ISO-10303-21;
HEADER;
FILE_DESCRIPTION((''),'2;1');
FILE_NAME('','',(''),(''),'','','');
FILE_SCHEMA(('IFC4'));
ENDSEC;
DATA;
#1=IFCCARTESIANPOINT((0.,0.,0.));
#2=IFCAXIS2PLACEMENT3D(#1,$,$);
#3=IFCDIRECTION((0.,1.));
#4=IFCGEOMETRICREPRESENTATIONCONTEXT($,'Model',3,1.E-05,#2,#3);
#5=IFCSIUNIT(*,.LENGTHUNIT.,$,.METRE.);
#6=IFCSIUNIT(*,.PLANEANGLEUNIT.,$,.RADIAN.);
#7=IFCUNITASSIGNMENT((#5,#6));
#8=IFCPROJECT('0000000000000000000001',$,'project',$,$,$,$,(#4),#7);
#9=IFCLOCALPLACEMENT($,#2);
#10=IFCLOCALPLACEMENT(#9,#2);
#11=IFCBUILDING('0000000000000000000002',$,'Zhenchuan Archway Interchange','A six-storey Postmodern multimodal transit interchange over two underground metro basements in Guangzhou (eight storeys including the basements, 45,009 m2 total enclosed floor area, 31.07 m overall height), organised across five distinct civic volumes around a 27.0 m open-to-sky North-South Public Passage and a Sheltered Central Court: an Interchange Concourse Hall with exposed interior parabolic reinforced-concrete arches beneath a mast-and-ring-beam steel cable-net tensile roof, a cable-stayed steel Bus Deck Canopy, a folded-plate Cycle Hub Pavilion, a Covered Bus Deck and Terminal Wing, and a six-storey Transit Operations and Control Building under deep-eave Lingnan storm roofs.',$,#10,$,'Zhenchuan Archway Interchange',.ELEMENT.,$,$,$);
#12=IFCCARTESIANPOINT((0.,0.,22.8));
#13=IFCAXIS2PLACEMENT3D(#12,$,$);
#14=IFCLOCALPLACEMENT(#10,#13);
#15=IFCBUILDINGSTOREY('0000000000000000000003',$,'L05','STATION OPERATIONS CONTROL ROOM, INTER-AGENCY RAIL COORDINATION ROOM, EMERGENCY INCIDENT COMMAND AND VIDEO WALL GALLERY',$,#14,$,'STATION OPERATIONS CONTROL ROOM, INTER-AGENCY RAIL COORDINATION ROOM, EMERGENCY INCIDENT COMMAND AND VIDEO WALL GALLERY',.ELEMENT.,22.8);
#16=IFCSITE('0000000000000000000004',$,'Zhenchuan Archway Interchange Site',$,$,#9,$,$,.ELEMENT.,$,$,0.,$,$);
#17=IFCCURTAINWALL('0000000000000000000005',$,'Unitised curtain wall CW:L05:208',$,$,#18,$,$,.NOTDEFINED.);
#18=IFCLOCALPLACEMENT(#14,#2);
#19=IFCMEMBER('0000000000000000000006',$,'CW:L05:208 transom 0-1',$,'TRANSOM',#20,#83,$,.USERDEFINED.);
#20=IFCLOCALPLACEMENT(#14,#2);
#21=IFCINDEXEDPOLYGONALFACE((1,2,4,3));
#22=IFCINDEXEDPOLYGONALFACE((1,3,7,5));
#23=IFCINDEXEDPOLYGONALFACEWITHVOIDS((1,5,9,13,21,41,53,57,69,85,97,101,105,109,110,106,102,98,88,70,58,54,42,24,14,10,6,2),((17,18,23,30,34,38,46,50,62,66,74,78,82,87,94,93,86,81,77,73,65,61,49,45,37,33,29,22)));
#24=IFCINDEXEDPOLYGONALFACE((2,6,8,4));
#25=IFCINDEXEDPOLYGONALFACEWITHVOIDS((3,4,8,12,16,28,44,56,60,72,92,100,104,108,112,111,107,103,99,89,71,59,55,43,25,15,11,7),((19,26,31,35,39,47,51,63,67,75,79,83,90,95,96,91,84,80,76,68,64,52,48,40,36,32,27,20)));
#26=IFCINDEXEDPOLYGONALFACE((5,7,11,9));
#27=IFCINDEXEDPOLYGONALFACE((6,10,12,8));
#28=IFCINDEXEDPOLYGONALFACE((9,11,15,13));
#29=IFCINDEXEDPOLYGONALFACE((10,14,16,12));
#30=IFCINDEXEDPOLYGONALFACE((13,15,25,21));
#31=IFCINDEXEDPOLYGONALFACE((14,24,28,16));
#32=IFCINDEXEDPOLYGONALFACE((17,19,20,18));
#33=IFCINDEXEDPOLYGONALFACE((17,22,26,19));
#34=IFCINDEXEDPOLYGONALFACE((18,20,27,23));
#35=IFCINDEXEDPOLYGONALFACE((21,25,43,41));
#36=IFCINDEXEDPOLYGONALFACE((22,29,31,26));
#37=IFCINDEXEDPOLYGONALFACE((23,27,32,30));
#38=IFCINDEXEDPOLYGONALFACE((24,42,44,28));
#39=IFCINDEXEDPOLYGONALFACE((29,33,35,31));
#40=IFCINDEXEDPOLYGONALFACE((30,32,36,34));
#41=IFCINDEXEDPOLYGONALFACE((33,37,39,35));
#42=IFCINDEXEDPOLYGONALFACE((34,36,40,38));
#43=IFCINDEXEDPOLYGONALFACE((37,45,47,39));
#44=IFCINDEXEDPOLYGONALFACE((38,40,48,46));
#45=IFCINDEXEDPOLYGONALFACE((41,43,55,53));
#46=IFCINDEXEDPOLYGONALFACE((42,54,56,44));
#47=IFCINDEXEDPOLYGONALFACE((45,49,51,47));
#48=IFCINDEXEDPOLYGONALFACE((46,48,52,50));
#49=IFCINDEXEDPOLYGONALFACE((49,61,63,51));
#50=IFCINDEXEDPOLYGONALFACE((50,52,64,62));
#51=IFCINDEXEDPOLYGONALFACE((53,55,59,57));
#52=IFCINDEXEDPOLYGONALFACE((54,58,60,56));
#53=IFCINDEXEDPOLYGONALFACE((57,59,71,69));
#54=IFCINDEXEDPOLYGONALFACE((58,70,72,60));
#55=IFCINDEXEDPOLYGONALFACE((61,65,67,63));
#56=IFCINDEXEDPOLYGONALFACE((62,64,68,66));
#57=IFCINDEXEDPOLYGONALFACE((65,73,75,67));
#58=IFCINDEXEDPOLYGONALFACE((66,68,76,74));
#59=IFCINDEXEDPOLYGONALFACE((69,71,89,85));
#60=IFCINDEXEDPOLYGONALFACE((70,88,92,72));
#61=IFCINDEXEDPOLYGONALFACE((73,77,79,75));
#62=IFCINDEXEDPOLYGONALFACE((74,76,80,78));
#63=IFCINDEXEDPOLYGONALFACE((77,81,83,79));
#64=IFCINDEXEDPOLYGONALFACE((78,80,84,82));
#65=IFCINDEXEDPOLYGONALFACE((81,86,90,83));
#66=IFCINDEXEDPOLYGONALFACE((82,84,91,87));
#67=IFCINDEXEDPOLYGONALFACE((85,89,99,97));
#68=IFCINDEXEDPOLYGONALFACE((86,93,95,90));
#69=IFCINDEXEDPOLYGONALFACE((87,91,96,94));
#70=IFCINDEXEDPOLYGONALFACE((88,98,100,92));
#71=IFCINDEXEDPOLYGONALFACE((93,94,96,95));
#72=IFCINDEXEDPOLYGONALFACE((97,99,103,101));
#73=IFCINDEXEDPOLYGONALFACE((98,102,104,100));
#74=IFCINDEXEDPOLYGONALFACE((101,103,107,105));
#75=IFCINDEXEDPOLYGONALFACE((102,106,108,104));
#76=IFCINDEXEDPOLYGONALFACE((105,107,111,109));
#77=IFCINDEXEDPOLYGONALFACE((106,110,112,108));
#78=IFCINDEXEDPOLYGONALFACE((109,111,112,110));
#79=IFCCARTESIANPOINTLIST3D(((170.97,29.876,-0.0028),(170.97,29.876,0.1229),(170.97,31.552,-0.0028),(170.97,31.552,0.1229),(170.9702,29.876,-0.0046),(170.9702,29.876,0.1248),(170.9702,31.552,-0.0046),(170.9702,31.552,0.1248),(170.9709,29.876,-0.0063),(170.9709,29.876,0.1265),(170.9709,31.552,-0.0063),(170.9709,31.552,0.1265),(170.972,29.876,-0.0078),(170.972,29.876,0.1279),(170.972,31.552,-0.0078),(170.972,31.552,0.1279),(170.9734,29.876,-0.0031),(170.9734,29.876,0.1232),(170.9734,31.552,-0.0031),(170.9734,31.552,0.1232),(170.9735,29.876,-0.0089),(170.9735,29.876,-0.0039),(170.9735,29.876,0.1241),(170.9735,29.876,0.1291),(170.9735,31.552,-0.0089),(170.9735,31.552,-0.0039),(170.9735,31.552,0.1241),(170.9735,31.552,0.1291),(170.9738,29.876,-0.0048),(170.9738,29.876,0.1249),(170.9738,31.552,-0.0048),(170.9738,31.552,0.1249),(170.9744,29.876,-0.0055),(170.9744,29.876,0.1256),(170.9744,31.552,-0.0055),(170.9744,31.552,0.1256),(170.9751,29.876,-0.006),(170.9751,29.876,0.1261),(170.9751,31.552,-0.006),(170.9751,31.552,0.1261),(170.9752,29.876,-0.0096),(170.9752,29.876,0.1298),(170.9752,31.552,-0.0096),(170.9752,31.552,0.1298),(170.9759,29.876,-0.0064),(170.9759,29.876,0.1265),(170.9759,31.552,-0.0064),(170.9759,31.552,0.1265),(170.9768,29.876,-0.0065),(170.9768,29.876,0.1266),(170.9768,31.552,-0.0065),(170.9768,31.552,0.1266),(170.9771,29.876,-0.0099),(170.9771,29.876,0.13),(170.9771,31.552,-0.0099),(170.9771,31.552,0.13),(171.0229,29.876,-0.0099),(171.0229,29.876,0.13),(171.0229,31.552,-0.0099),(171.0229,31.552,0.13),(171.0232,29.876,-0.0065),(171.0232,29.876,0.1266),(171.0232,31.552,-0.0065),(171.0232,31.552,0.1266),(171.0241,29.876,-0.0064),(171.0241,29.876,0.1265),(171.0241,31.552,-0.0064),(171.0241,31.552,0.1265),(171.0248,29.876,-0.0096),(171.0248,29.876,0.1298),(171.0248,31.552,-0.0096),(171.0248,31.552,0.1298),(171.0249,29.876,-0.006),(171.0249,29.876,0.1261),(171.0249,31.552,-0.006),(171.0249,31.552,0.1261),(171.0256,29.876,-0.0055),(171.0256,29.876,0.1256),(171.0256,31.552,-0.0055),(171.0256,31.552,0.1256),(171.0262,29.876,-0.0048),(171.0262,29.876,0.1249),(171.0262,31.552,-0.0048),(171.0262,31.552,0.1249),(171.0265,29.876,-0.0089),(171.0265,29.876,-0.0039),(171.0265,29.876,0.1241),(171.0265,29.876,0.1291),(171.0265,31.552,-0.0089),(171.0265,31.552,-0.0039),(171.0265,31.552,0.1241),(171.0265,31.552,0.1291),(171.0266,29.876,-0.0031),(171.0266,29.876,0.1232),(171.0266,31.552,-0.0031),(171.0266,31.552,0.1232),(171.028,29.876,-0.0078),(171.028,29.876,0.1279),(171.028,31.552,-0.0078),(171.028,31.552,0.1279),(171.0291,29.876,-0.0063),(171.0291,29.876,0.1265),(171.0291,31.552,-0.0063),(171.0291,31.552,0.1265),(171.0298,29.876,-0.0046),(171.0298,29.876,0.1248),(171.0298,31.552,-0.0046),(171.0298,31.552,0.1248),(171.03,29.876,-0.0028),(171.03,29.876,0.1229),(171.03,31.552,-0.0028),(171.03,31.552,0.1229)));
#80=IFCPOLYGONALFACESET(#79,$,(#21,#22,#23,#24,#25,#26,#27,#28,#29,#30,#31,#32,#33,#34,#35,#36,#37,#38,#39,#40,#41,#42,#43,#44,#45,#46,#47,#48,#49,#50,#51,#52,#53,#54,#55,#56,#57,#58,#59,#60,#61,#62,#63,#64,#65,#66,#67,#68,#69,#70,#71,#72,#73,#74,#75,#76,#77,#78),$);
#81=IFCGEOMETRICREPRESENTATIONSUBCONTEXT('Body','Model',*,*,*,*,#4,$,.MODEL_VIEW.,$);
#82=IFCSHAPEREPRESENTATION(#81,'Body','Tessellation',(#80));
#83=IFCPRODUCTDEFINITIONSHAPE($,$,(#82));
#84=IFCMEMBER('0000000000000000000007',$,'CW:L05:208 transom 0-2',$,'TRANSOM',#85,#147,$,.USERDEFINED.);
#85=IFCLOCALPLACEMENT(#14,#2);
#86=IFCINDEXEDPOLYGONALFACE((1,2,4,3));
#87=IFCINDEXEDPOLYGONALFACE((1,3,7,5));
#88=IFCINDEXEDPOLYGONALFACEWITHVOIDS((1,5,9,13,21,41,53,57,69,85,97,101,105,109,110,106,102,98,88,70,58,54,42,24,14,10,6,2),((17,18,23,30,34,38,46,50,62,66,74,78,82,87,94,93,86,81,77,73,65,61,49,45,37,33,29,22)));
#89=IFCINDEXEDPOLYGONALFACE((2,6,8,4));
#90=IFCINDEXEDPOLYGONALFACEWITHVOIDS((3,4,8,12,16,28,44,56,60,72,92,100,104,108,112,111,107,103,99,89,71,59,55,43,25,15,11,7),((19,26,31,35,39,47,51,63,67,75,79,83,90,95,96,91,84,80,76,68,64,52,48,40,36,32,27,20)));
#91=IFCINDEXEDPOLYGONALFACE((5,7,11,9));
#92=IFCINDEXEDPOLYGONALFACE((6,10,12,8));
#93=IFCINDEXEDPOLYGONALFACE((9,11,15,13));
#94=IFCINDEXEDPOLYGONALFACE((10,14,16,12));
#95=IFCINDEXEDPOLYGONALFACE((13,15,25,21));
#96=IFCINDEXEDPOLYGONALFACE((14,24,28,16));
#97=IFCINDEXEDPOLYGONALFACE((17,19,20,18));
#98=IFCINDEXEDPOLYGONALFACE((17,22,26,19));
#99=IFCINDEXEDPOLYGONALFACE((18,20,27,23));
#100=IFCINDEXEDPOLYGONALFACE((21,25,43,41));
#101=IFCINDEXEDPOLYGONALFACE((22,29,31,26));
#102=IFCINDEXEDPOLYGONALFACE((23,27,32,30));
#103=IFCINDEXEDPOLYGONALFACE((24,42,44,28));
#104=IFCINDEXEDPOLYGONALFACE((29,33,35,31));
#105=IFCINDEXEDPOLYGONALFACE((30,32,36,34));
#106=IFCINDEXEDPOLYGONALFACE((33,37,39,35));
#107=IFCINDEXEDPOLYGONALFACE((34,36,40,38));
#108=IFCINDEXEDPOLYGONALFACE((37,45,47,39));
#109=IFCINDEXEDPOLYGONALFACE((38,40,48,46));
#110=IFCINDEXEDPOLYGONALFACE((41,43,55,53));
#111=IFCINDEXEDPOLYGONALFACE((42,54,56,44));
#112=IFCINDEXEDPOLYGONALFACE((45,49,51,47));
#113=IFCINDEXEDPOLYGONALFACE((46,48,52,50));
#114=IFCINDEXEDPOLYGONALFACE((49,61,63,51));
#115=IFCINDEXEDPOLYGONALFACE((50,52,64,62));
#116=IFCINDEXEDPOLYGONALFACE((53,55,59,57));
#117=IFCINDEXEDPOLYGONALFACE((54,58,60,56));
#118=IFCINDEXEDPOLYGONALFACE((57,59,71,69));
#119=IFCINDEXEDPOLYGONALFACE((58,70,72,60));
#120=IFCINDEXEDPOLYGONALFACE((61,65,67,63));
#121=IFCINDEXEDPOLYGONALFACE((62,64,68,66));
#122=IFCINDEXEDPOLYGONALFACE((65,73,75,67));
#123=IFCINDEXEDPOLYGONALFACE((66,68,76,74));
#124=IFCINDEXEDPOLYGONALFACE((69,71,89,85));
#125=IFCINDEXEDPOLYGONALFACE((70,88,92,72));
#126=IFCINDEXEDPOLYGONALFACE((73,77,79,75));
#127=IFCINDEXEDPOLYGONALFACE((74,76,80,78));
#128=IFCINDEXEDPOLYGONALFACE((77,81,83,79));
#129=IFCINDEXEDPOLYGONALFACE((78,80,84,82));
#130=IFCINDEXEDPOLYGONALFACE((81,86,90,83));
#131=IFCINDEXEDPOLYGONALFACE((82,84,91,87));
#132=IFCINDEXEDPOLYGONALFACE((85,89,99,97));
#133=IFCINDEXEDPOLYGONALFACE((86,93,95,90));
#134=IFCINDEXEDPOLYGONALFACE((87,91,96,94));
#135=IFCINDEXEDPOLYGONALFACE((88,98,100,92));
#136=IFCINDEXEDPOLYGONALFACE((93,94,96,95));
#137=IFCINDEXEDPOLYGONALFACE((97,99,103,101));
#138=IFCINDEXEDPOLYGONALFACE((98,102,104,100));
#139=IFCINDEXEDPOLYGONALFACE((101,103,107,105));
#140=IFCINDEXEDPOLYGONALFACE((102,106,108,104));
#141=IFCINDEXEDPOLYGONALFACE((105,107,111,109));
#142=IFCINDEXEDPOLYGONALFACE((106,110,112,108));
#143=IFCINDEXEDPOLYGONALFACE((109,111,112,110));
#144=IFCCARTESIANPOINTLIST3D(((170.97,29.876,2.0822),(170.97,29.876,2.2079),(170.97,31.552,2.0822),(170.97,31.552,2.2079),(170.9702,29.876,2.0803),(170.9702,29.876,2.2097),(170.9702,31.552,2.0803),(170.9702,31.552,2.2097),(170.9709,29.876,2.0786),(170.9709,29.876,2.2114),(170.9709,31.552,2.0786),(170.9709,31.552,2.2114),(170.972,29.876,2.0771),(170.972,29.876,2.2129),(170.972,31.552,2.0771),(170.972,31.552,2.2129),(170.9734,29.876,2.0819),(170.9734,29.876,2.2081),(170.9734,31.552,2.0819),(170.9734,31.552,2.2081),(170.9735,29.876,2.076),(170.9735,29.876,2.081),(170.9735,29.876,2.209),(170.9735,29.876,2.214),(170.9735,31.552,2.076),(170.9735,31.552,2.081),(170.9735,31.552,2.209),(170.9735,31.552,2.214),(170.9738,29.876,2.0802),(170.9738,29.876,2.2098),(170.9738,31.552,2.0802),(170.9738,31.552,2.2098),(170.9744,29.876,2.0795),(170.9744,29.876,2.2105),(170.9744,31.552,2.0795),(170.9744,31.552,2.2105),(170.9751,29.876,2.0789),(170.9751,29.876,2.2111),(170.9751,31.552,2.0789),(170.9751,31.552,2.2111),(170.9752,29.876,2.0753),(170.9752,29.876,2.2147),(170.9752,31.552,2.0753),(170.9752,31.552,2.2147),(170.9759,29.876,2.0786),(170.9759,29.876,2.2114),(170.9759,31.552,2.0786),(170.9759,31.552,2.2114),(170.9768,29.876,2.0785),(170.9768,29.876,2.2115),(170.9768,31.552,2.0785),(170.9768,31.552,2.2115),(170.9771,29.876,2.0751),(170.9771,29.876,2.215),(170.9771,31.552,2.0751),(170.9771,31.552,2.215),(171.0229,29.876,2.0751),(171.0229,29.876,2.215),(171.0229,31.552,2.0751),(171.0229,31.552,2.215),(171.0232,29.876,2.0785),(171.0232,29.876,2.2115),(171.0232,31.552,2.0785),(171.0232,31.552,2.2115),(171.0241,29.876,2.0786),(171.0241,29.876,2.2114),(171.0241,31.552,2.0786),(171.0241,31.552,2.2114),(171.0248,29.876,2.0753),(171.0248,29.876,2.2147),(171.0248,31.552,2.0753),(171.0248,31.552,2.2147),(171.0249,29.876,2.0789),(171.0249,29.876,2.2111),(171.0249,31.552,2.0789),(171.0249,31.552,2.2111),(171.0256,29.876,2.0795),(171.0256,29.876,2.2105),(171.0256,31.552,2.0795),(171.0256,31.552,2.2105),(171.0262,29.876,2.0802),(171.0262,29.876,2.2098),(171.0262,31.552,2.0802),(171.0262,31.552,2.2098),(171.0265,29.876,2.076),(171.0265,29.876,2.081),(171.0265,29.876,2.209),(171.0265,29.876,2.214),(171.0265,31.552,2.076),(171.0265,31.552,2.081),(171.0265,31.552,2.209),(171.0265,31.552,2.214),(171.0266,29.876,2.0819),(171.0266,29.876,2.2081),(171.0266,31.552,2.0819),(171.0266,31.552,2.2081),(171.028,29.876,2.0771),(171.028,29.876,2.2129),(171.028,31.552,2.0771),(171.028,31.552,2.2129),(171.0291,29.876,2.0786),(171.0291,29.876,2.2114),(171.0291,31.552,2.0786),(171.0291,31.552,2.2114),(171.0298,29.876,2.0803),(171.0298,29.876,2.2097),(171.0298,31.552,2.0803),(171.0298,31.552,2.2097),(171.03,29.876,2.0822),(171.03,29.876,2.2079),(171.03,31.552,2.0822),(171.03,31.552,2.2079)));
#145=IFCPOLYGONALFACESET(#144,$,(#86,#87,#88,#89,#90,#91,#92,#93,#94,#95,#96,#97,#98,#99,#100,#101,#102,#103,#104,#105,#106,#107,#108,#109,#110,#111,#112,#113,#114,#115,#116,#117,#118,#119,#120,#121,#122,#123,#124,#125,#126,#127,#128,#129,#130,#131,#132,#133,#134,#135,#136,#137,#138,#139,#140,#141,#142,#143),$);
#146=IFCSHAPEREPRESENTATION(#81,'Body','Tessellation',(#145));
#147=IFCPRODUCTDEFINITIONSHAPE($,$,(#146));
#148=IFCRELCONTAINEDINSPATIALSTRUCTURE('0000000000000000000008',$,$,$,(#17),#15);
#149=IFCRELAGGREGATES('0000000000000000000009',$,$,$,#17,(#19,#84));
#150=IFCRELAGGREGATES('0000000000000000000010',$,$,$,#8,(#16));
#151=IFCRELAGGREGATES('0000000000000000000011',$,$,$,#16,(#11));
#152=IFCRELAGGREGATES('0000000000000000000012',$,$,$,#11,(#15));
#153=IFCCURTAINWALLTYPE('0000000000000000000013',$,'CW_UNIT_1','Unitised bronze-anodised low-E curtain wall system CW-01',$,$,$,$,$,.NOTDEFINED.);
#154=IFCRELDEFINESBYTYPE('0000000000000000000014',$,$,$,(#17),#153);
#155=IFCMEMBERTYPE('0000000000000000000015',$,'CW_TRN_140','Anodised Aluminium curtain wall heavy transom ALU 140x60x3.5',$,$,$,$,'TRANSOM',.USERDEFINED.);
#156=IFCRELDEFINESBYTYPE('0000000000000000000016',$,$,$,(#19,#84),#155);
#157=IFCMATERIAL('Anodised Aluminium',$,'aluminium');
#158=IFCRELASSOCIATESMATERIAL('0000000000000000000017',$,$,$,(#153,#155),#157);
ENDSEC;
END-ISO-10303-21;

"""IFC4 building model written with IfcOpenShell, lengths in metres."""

from ifc_helpers import new_model, si_unit, direction, frame, origin, origin_2d, place, context, subcontext, project, spatial, hollow_rectangle, extrude, material, material_profile, profile_set, type_object, element, aggregate, save


model = new_model("IFC4")

# Units and contexts
model_context = context("Model", 3, precision=1e-05, world=origin(), true_north=direction((0.0, 1.0)))
body_context = subcontext(model_context, "Body", "Model", "MODEL_VIEW")
ifc_project = project(units=[si_unit("LENGTHUNIT", "METRE"), si_unit("PLANEANGLEUNIT", "RADIAN")], contexts=[model_context])

# Site, building, storey
site_placement = place(None, origin())
site = spatial("IfcSite", under=ifc_project, at=site_placement, Name="Zhenchuan Archway Interchange Site", CompositionType="ELEMENT", RefElevation=0.0)
building_placement = place(site_placement, origin())
building = spatial("IfcBuilding", under=site, at=building_placement, Name="Zhenchuan Archway Interchange", Description="A six-storey Postmodern multimodal transit interchange over two underground metro basements in Guangzhou (eight storeys including the basements, 45,009 m2 total enclosed floor area, 31.07 m overall height), organised across five distinct civic volumes around a 27.0 m open-to-sky North-South Public Passage and a Sheltered Central Court: an Interchange Concourse Hall with exposed interior parabolic reinforced-concrete arches beneath a mast-and-ring-beam steel cable-net tensile roof, a cable-stayed steel Bus Deck Canopy, a folded-plate Cycle Hub Pavilion, a Covered Bus Deck and Terminal Wing, and a six-storey Transit Operations and Control Building under deep-eave Lingnan storm roofs.", LongName="Zhenchuan Archway Interchange", CompositionType="ELEMENT")
storey_placement = place(building_placement, frame((0.0, 0.0, 22.8)))
storey = spatial("IfcBuildingStorey", under=building, at=storey_placement, Name="L05", Description="STATION OPERATIONS CONTROL ROOM, INTER-AGENCY RAIL COORDINATION ROOM, EMERGENCY INCIDENT COMMAND AND VIDEO WALL GALLERY", LongName="STATION OPERATIONS CONTROL ROOM, INTER-AGENCY RAIL COORDINATION ROOM, EMERGENCY INCIDENT COMMAND AND VIDEO WALL GALLERY", CompositionType="ELEMENT", Elevation=22.8)

# Curtain wall, members
ifc_material_1 = material(Name="Anodised Aluminium", Category="aluminium")
curtain_wall_type = type_object("IfcCurtainWallType", Name="CW_UNIT_1", Description="Unitised bronze-anodised low-E curtain wall system CW-01", PredefinedType="NOTDEFINED", material=ifc_material_1)
curtain_wall_placement = place(storey_placement, origin())
curtain_wall = element("IfcCurtainWall", 1, at=curtain_wall_placement, inside=storey, type_object=curtain_wall_type, Name="Unitised curtain wall CW:L05:208", PredefinedType="NOTDEFINED")
ifc_material_profile_1 = material_profile(ifc_material_1, hollow_rectangle(XDim=0.0601, YDim=0.1399, WallThickness=0.0034, InnerFilletRadius=0.0034, OuterFilletRadius=0.0071, at=origin_2d()), Name="ALU 140x60x3.5")
ifc_profile_set_1 = profile_set([ifc_material_profile_1], Name="Anodised Aluminium")
member_type_1 = type_object("IfcMemberType", Name="CW_TRN_140", Description="Anodised Aluminium curtain wall heavy transom ALU 140x60x3.5", ElementType="TRANSOM", PredefinedType="USERDEFINED", material=ifc_profile_set_1)
member_1_placement = place(storey_placement, frame((171.0, 31.552, 0.0601), z_axis=(0.0, -1.0, 0.0), x_axis=(1.0, 0.0, 0.0)))
member_1 = element("IfcMember", 2, at=member_1_placement, type_object=member_type_1, Name="CW:L05:208 transom 0-1", ObjectType="TRANSOM", PredefinedType="USERDEFINED", context=body_context, shape_type="SweptSolid", body=[
    extrude(hollow_rectangle(XDim=0.0601, YDim=0.1399, WallThickness=0.0034, InnerFilletRadius=0.0034, OuterFilletRadius=0.0071, at=origin_2d()), origin(), (0.0, 0.0, 1.0), 1.676),
])
member_2_placement = place(storey_placement, frame((171.0, 31.552, 2.145), z_axis=(0.0, -1.0, 0.0), x_axis=(1.0, 0.0, 0.0)))
member_2 = element("IfcMember", 3, at=member_2_placement, type_object=member_type_1, Name="CW:L05:208 transom 0-2", ObjectType="TRANSOM", PredefinedType="USERDEFINED", context=body_context, shape_type="SweptSolid", body=[
    extrude(hollow_rectangle(XDim=0.0601, YDim=0.1399, WallThickness=0.0034, InnerFilletRadius=0.0034, OuterFilletRadius=0.0071, at=origin_2d()), origin(), (0.0, 0.0, 1.0), 1.676),
])
aggregate(curtain_wall, [member_1, member_2])

save(model, "model.ifc")
